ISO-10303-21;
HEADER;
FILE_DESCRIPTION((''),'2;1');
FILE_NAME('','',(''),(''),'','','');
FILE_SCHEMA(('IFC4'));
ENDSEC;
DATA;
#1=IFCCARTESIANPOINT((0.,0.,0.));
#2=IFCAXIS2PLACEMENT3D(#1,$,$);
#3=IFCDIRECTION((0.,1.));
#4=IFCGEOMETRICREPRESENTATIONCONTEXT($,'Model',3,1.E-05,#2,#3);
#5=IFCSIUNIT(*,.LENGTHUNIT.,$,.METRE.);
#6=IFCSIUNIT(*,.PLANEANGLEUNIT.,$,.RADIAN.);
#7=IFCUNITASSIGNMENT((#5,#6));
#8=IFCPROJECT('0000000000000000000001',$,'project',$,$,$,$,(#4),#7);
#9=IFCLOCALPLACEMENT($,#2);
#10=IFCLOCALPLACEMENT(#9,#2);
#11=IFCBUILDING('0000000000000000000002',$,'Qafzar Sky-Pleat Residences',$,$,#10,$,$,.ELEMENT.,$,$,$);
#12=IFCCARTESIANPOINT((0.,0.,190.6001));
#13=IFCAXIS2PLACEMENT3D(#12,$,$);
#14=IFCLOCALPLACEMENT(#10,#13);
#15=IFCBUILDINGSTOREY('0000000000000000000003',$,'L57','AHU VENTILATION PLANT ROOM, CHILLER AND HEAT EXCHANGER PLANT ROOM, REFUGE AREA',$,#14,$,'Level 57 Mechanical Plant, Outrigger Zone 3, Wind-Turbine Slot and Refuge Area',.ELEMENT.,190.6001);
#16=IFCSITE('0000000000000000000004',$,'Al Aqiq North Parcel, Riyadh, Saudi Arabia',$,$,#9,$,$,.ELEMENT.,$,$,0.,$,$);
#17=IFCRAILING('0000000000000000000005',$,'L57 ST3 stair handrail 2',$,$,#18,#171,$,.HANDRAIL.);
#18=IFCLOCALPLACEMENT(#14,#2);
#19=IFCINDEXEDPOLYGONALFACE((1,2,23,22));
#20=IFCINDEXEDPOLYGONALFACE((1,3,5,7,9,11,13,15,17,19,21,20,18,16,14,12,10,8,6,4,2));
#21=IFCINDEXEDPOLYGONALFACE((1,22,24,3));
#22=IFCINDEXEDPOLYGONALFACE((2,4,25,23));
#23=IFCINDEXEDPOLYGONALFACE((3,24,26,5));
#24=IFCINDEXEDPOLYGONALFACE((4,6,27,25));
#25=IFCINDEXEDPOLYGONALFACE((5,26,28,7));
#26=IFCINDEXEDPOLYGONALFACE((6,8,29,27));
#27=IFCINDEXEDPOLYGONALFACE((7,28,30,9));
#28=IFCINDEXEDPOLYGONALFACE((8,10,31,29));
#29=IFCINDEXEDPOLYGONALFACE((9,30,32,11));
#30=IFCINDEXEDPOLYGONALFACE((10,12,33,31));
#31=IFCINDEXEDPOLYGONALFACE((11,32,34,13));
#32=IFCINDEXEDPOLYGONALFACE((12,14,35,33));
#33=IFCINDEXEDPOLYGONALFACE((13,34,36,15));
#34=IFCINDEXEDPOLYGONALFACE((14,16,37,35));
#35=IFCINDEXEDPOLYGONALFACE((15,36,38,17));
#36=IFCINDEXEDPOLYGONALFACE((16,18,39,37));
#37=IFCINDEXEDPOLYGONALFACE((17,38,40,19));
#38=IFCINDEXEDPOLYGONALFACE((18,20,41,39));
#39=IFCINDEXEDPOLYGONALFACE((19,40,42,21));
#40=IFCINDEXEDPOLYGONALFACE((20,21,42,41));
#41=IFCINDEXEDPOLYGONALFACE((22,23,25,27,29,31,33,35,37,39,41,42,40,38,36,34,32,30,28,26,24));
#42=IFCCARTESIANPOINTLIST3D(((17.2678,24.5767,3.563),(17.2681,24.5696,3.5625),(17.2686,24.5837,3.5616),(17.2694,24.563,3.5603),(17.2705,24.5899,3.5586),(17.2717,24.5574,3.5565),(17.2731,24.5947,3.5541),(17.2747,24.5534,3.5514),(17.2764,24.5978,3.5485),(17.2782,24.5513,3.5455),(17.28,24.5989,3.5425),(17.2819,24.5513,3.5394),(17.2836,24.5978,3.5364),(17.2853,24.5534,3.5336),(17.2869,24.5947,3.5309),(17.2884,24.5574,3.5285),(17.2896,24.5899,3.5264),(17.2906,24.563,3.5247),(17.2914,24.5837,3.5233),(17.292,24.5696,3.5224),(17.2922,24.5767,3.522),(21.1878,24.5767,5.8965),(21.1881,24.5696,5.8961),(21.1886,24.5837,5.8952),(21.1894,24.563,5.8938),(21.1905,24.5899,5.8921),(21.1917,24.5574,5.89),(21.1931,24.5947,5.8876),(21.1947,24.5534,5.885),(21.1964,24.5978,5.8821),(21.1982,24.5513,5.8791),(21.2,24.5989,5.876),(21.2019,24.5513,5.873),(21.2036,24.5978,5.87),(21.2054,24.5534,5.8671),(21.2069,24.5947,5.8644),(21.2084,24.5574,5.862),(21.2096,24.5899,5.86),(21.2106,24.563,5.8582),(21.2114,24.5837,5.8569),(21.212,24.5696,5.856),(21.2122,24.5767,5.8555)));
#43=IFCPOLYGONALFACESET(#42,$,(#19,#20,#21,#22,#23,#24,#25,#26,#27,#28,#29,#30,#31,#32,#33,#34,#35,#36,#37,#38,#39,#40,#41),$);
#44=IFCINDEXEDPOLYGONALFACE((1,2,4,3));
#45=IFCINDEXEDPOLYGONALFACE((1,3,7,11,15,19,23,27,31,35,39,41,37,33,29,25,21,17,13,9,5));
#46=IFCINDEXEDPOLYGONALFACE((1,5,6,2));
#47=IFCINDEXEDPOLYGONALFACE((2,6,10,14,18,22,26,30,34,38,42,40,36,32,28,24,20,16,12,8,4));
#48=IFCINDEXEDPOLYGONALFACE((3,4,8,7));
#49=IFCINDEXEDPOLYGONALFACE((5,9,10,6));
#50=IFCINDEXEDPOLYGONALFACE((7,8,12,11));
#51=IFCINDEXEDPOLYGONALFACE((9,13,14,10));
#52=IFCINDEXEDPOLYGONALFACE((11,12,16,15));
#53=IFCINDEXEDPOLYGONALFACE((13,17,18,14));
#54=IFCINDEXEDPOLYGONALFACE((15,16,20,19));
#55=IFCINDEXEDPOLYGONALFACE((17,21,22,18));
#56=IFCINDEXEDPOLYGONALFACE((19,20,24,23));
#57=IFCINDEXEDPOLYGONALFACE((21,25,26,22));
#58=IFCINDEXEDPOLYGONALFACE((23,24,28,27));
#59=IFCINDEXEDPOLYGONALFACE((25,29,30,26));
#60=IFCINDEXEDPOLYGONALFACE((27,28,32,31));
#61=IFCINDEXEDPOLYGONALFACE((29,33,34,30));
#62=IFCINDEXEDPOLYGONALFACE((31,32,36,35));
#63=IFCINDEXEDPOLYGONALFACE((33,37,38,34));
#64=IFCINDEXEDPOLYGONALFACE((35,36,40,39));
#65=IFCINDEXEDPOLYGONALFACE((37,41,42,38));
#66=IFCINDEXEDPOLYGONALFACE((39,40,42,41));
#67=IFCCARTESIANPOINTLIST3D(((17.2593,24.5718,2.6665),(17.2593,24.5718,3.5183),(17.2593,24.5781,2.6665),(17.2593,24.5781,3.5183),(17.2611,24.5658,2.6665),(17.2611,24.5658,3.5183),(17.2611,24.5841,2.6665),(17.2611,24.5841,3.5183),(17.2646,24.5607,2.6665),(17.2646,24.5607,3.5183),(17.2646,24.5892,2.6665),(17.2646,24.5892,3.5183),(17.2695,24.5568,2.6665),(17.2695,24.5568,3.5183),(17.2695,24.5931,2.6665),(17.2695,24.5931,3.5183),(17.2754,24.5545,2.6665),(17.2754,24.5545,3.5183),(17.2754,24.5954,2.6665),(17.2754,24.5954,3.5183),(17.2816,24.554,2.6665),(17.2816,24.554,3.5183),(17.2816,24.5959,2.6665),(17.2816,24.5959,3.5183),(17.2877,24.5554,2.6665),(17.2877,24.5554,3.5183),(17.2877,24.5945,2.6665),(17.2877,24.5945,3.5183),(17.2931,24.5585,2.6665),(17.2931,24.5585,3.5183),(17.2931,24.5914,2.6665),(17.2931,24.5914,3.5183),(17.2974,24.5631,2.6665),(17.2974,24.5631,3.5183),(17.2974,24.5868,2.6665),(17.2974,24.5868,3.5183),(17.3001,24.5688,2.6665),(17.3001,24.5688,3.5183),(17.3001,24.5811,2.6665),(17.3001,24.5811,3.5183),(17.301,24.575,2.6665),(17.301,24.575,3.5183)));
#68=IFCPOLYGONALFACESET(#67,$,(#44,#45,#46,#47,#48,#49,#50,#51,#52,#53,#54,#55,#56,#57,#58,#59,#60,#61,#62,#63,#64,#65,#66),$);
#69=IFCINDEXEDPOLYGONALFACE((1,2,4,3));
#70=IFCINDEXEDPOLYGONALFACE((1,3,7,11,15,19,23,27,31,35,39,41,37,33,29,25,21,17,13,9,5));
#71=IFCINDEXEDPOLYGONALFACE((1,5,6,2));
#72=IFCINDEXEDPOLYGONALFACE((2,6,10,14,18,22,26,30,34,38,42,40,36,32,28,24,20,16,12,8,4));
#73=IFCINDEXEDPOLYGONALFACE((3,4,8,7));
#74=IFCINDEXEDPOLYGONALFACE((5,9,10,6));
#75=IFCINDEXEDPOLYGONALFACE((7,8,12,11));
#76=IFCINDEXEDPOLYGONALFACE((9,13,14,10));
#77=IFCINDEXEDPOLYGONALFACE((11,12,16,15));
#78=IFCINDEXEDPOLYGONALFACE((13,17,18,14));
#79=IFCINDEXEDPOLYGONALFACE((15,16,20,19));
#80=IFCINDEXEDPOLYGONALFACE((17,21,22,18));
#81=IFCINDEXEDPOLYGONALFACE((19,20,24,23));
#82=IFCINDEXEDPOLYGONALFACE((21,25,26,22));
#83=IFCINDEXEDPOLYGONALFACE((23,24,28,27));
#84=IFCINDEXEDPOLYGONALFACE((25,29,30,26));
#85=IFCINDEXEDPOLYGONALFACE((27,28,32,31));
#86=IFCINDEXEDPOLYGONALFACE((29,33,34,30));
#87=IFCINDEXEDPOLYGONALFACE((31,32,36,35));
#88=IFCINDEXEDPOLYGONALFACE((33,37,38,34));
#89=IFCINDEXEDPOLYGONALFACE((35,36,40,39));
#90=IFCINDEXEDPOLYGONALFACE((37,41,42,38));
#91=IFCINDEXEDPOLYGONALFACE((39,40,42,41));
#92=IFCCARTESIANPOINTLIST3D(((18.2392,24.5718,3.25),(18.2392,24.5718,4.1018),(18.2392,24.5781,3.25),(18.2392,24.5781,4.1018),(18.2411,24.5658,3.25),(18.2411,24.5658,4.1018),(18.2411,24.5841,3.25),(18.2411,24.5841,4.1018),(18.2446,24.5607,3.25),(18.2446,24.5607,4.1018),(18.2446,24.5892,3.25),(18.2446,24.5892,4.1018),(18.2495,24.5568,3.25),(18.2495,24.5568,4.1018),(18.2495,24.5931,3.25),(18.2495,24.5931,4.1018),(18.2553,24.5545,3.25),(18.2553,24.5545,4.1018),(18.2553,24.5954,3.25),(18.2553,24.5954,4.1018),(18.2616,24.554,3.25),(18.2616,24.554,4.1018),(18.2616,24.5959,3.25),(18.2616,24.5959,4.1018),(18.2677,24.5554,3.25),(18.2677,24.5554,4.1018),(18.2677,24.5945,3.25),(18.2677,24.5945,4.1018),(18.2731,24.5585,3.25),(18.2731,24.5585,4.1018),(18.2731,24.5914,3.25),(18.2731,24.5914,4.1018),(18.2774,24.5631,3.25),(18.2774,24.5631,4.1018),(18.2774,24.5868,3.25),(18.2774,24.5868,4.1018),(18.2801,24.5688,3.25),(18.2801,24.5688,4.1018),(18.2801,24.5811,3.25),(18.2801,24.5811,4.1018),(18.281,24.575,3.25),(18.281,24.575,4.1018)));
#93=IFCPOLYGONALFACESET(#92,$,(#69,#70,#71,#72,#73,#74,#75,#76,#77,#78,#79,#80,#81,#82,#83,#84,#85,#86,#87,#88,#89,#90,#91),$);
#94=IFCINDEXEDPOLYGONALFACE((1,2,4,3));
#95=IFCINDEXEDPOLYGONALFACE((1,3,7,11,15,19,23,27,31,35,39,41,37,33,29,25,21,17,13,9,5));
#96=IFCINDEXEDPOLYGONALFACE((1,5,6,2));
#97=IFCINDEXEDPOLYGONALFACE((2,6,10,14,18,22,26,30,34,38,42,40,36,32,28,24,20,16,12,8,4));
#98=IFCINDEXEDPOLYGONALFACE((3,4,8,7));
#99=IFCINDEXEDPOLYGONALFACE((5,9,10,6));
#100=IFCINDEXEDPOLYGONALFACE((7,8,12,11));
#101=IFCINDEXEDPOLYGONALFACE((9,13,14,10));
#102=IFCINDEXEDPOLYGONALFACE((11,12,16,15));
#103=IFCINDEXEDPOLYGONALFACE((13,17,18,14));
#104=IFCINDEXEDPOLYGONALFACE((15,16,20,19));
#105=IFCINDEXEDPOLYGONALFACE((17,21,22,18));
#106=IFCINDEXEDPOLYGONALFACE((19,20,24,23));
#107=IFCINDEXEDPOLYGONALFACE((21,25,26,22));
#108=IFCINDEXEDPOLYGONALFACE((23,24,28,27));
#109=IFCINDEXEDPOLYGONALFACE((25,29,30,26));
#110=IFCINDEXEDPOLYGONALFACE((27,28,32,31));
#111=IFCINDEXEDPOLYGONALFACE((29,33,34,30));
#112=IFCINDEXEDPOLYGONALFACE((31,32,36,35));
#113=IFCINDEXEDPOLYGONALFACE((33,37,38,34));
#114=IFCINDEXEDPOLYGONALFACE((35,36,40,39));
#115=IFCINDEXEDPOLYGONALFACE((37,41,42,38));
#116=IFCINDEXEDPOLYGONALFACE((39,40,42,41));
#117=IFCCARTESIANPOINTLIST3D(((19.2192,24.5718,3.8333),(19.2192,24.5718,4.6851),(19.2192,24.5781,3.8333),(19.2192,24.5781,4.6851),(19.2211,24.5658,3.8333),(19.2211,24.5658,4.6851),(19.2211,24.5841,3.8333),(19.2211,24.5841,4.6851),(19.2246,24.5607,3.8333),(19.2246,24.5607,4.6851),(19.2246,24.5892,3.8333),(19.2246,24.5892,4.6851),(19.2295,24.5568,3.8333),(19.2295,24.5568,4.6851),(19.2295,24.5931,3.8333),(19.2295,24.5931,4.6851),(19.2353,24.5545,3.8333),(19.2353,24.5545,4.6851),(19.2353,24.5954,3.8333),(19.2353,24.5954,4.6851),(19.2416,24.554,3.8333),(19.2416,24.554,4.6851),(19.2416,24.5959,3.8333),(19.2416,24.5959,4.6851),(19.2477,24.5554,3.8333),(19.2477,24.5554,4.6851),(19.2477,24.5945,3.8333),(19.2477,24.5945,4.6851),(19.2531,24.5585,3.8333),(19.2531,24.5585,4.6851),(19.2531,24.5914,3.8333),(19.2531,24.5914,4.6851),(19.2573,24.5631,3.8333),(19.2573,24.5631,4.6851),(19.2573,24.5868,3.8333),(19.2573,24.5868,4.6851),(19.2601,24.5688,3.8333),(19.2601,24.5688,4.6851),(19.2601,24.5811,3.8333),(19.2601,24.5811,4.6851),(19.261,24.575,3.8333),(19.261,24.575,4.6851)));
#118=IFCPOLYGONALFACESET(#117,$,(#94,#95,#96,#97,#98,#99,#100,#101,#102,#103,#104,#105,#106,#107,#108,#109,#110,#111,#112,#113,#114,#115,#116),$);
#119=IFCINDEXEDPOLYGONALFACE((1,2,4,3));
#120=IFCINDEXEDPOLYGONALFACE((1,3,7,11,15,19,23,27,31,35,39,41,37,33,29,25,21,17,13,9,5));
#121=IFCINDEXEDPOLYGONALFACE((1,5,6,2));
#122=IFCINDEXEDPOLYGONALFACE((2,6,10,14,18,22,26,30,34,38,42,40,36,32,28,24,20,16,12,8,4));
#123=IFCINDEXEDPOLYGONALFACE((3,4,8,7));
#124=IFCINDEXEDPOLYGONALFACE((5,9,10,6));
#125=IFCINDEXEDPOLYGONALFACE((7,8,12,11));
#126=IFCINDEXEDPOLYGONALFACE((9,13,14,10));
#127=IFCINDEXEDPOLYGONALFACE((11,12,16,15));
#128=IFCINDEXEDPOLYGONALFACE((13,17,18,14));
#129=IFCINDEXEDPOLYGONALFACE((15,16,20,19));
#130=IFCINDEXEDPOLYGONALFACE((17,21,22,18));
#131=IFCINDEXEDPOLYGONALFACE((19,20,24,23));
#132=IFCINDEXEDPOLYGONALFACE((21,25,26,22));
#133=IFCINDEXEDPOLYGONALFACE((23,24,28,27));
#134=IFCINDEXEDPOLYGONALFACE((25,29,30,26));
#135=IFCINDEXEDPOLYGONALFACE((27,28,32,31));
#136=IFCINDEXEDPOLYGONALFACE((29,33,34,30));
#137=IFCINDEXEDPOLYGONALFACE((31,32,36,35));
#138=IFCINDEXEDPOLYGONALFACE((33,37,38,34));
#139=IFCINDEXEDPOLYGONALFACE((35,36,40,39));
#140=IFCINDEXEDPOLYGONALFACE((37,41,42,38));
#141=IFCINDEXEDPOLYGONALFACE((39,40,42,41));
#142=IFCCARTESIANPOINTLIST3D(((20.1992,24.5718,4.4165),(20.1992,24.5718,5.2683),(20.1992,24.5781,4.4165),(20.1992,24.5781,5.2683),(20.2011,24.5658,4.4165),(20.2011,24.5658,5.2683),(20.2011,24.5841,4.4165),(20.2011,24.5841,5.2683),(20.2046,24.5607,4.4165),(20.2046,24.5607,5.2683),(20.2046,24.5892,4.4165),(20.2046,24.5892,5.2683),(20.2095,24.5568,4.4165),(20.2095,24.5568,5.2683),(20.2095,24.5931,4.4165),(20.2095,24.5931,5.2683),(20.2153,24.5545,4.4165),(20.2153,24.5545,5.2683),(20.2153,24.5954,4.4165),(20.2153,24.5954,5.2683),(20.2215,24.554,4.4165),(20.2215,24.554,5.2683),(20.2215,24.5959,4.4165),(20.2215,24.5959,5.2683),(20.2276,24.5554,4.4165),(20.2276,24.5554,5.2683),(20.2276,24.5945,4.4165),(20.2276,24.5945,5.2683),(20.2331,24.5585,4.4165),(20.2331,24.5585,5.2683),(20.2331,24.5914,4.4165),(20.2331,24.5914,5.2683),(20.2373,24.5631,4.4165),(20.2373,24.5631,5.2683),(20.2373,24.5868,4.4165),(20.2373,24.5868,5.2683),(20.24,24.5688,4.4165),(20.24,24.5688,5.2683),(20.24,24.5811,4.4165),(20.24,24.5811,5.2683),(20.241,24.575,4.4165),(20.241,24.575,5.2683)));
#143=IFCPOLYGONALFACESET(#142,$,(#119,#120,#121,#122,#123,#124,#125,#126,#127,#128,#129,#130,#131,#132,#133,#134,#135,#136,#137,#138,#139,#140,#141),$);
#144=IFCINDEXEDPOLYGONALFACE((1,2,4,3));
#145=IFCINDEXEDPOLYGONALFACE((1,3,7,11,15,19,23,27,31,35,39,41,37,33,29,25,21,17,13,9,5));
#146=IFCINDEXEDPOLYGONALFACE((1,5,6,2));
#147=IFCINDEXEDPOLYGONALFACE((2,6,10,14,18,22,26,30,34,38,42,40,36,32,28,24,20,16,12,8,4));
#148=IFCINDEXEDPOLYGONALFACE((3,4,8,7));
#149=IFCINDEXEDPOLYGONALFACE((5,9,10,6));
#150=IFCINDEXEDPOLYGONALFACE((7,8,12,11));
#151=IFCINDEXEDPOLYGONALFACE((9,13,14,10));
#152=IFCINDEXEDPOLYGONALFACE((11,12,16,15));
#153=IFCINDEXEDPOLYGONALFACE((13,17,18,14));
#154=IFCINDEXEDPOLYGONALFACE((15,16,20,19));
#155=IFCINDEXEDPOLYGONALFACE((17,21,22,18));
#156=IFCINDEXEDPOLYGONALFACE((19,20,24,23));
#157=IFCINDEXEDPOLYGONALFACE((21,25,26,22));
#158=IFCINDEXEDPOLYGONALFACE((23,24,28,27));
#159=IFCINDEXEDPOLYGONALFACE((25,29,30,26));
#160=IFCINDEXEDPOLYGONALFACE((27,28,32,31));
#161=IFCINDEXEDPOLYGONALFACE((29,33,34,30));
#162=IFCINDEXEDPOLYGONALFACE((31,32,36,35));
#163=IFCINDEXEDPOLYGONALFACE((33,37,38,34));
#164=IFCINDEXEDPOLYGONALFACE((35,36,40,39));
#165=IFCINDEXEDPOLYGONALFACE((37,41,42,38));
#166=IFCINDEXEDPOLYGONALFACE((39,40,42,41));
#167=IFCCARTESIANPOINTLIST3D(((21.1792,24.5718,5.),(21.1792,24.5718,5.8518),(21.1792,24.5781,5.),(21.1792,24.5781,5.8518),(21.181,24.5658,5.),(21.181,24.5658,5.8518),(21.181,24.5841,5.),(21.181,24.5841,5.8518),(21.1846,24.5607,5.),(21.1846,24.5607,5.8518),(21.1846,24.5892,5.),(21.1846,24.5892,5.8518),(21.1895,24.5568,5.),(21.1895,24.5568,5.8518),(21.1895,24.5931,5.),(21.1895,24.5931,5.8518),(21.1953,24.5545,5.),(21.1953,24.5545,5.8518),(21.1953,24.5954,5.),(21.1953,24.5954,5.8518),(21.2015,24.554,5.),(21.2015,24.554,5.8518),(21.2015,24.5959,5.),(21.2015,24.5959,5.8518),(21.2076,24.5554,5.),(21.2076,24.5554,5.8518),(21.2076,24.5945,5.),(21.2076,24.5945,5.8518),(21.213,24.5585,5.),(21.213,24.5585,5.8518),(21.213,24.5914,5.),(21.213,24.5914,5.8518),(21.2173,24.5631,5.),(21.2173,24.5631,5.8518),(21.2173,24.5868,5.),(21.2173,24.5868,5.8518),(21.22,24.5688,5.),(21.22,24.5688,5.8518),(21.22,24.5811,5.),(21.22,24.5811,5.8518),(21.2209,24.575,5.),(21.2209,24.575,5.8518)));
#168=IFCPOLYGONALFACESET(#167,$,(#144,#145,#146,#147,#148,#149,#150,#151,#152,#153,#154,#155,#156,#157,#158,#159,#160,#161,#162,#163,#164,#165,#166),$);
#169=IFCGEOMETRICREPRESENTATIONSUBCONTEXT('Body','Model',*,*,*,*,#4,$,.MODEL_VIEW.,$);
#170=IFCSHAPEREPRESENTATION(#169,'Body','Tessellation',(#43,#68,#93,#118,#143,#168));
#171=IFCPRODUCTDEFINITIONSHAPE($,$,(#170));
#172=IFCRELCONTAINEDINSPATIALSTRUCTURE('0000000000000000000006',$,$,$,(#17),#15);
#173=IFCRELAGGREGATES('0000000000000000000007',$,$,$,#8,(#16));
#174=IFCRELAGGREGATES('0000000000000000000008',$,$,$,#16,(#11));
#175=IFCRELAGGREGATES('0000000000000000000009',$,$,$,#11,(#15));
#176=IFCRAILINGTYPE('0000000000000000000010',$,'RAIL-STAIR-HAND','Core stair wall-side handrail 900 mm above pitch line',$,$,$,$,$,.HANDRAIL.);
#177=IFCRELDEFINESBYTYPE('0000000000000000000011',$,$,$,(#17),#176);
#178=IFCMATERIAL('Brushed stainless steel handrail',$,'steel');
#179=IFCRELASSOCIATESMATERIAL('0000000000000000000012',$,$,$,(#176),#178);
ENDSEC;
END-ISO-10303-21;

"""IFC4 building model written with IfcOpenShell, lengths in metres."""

from ifc_helpers import new_model, si_unit, direction, frame, origin, origin_2d, place, context, subcontext, project, spatial, circle, extrude, source, transform, mapped, material, type_object, element, save


model = new_model("IFC4")

# Units and contexts
model_context = context("Model", 3, precision=1e-05, world=origin(), true_north=direction((0.0, 1.0)))
body_context = subcontext(model_context, "Body", "Model", "MODEL_VIEW")
ifc_project = project(units=[si_unit("LENGTHUNIT", "METRE"), si_unit("PLANEANGLEUNIT", "RADIAN")], contexts=[model_context])

# Site, building, storey
site_placement = place(None, origin())
site = spatial("IfcSite", under=ifc_project, at=site_placement, Name="Al Aqiq North Parcel, Riyadh, Saudi Arabia", CompositionType="ELEMENT", RefElevation=0.0)
building_placement = place(site_placement, origin())
building = spatial("IfcBuilding", under=site, at=building_placement, Name="Qafzar Sky-Pleat Residences", CompositionType="ELEMENT")
storey_placement = place(building_placement, frame((0.0, 0.0, 190.6001)))
storey = spatial("IfcBuildingStorey", under=building, at=storey_placement, Name="L57", Description="AHU VENTILATION PLANT ROOM, CHILLER AND HEAT EXCHANGER PLANT ROOM, REFUGE AREA", LongName="Level 57 Mechanical Plant, Outrigger Zone 3, Wind-Turbine Slot and Refuge Area", CompositionType="ELEMENT", Elevation=190.6001)

# Railing
ifc_material_1 = material(Name="Brushed stainless steel handrail", Category="steel")
railing_type_1 = type_object("IfcRailingType", Name="RAIL-STAIR-HAND", Description="Core stair wall-side handrail 900 mm above pitch line", PredefinedType="HANDRAIL", material=ifc_material_1)
shared_shape_1 = source(origin(), body_context, "Body", "SweptSolid", [
    extrude(circle(Radius=0.0239, at=origin_2d()), frame((0.0, 0.0, 0.876), z_axis=(0.859273, 0.0, 0.511518), x_axis=(0.0, 1.0, 0.0)), (0.0, 0.0, 1.0), 4.562),
    extrude(circle(Radius=0.021, at=origin_2d()), origin(), (0.0, 0.0, 1.0), 0.8518),
    extrude(circle(Radius=0.021, at=origin_2d()), frame((0.98, 0.0, 0.5835)), (0.0, 0.0, 1.0), 0.8518),
    extrude(circle(Radius=0.021, at=origin_2d()), frame((1.96, 0.0, 1.1667)), (0.0, 0.0, 1.0), 0.8518),
    extrude(circle(Radius=0.021, at=origin_2d()), frame((2.9399, 0.0, 1.75)), (0.0, 0.0, 1.0), 0.8518),
    extrude(circle(Radius=0.021, at=origin_2d()), frame((3.9199, 0.0, 2.3335)), (0.0, 0.0, 1.0), 0.8518),
])
railing_1_placement = place(storey_placement, frame((17.28, 24.575, 2.6665)))
element("IfcRailing", 1, at=railing_1_placement, inside=storey, type_object=railing_type_1, Name="L57 ST3 stair handrail 2", PredefinedType="HANDRAIL", context=body_context, shape_type="MappedRepresentation", body=[
    mapped(shared_shape_1, transform((0.0, 0.0, 0.0), x_axis=(1.0, 0.0, 0.0), y_axis=(0.0, 1.0, 0.0), z_axis=(0.0, 0.0, 1.0), scale=1.0)),
])

save(model, "model.ifc")
